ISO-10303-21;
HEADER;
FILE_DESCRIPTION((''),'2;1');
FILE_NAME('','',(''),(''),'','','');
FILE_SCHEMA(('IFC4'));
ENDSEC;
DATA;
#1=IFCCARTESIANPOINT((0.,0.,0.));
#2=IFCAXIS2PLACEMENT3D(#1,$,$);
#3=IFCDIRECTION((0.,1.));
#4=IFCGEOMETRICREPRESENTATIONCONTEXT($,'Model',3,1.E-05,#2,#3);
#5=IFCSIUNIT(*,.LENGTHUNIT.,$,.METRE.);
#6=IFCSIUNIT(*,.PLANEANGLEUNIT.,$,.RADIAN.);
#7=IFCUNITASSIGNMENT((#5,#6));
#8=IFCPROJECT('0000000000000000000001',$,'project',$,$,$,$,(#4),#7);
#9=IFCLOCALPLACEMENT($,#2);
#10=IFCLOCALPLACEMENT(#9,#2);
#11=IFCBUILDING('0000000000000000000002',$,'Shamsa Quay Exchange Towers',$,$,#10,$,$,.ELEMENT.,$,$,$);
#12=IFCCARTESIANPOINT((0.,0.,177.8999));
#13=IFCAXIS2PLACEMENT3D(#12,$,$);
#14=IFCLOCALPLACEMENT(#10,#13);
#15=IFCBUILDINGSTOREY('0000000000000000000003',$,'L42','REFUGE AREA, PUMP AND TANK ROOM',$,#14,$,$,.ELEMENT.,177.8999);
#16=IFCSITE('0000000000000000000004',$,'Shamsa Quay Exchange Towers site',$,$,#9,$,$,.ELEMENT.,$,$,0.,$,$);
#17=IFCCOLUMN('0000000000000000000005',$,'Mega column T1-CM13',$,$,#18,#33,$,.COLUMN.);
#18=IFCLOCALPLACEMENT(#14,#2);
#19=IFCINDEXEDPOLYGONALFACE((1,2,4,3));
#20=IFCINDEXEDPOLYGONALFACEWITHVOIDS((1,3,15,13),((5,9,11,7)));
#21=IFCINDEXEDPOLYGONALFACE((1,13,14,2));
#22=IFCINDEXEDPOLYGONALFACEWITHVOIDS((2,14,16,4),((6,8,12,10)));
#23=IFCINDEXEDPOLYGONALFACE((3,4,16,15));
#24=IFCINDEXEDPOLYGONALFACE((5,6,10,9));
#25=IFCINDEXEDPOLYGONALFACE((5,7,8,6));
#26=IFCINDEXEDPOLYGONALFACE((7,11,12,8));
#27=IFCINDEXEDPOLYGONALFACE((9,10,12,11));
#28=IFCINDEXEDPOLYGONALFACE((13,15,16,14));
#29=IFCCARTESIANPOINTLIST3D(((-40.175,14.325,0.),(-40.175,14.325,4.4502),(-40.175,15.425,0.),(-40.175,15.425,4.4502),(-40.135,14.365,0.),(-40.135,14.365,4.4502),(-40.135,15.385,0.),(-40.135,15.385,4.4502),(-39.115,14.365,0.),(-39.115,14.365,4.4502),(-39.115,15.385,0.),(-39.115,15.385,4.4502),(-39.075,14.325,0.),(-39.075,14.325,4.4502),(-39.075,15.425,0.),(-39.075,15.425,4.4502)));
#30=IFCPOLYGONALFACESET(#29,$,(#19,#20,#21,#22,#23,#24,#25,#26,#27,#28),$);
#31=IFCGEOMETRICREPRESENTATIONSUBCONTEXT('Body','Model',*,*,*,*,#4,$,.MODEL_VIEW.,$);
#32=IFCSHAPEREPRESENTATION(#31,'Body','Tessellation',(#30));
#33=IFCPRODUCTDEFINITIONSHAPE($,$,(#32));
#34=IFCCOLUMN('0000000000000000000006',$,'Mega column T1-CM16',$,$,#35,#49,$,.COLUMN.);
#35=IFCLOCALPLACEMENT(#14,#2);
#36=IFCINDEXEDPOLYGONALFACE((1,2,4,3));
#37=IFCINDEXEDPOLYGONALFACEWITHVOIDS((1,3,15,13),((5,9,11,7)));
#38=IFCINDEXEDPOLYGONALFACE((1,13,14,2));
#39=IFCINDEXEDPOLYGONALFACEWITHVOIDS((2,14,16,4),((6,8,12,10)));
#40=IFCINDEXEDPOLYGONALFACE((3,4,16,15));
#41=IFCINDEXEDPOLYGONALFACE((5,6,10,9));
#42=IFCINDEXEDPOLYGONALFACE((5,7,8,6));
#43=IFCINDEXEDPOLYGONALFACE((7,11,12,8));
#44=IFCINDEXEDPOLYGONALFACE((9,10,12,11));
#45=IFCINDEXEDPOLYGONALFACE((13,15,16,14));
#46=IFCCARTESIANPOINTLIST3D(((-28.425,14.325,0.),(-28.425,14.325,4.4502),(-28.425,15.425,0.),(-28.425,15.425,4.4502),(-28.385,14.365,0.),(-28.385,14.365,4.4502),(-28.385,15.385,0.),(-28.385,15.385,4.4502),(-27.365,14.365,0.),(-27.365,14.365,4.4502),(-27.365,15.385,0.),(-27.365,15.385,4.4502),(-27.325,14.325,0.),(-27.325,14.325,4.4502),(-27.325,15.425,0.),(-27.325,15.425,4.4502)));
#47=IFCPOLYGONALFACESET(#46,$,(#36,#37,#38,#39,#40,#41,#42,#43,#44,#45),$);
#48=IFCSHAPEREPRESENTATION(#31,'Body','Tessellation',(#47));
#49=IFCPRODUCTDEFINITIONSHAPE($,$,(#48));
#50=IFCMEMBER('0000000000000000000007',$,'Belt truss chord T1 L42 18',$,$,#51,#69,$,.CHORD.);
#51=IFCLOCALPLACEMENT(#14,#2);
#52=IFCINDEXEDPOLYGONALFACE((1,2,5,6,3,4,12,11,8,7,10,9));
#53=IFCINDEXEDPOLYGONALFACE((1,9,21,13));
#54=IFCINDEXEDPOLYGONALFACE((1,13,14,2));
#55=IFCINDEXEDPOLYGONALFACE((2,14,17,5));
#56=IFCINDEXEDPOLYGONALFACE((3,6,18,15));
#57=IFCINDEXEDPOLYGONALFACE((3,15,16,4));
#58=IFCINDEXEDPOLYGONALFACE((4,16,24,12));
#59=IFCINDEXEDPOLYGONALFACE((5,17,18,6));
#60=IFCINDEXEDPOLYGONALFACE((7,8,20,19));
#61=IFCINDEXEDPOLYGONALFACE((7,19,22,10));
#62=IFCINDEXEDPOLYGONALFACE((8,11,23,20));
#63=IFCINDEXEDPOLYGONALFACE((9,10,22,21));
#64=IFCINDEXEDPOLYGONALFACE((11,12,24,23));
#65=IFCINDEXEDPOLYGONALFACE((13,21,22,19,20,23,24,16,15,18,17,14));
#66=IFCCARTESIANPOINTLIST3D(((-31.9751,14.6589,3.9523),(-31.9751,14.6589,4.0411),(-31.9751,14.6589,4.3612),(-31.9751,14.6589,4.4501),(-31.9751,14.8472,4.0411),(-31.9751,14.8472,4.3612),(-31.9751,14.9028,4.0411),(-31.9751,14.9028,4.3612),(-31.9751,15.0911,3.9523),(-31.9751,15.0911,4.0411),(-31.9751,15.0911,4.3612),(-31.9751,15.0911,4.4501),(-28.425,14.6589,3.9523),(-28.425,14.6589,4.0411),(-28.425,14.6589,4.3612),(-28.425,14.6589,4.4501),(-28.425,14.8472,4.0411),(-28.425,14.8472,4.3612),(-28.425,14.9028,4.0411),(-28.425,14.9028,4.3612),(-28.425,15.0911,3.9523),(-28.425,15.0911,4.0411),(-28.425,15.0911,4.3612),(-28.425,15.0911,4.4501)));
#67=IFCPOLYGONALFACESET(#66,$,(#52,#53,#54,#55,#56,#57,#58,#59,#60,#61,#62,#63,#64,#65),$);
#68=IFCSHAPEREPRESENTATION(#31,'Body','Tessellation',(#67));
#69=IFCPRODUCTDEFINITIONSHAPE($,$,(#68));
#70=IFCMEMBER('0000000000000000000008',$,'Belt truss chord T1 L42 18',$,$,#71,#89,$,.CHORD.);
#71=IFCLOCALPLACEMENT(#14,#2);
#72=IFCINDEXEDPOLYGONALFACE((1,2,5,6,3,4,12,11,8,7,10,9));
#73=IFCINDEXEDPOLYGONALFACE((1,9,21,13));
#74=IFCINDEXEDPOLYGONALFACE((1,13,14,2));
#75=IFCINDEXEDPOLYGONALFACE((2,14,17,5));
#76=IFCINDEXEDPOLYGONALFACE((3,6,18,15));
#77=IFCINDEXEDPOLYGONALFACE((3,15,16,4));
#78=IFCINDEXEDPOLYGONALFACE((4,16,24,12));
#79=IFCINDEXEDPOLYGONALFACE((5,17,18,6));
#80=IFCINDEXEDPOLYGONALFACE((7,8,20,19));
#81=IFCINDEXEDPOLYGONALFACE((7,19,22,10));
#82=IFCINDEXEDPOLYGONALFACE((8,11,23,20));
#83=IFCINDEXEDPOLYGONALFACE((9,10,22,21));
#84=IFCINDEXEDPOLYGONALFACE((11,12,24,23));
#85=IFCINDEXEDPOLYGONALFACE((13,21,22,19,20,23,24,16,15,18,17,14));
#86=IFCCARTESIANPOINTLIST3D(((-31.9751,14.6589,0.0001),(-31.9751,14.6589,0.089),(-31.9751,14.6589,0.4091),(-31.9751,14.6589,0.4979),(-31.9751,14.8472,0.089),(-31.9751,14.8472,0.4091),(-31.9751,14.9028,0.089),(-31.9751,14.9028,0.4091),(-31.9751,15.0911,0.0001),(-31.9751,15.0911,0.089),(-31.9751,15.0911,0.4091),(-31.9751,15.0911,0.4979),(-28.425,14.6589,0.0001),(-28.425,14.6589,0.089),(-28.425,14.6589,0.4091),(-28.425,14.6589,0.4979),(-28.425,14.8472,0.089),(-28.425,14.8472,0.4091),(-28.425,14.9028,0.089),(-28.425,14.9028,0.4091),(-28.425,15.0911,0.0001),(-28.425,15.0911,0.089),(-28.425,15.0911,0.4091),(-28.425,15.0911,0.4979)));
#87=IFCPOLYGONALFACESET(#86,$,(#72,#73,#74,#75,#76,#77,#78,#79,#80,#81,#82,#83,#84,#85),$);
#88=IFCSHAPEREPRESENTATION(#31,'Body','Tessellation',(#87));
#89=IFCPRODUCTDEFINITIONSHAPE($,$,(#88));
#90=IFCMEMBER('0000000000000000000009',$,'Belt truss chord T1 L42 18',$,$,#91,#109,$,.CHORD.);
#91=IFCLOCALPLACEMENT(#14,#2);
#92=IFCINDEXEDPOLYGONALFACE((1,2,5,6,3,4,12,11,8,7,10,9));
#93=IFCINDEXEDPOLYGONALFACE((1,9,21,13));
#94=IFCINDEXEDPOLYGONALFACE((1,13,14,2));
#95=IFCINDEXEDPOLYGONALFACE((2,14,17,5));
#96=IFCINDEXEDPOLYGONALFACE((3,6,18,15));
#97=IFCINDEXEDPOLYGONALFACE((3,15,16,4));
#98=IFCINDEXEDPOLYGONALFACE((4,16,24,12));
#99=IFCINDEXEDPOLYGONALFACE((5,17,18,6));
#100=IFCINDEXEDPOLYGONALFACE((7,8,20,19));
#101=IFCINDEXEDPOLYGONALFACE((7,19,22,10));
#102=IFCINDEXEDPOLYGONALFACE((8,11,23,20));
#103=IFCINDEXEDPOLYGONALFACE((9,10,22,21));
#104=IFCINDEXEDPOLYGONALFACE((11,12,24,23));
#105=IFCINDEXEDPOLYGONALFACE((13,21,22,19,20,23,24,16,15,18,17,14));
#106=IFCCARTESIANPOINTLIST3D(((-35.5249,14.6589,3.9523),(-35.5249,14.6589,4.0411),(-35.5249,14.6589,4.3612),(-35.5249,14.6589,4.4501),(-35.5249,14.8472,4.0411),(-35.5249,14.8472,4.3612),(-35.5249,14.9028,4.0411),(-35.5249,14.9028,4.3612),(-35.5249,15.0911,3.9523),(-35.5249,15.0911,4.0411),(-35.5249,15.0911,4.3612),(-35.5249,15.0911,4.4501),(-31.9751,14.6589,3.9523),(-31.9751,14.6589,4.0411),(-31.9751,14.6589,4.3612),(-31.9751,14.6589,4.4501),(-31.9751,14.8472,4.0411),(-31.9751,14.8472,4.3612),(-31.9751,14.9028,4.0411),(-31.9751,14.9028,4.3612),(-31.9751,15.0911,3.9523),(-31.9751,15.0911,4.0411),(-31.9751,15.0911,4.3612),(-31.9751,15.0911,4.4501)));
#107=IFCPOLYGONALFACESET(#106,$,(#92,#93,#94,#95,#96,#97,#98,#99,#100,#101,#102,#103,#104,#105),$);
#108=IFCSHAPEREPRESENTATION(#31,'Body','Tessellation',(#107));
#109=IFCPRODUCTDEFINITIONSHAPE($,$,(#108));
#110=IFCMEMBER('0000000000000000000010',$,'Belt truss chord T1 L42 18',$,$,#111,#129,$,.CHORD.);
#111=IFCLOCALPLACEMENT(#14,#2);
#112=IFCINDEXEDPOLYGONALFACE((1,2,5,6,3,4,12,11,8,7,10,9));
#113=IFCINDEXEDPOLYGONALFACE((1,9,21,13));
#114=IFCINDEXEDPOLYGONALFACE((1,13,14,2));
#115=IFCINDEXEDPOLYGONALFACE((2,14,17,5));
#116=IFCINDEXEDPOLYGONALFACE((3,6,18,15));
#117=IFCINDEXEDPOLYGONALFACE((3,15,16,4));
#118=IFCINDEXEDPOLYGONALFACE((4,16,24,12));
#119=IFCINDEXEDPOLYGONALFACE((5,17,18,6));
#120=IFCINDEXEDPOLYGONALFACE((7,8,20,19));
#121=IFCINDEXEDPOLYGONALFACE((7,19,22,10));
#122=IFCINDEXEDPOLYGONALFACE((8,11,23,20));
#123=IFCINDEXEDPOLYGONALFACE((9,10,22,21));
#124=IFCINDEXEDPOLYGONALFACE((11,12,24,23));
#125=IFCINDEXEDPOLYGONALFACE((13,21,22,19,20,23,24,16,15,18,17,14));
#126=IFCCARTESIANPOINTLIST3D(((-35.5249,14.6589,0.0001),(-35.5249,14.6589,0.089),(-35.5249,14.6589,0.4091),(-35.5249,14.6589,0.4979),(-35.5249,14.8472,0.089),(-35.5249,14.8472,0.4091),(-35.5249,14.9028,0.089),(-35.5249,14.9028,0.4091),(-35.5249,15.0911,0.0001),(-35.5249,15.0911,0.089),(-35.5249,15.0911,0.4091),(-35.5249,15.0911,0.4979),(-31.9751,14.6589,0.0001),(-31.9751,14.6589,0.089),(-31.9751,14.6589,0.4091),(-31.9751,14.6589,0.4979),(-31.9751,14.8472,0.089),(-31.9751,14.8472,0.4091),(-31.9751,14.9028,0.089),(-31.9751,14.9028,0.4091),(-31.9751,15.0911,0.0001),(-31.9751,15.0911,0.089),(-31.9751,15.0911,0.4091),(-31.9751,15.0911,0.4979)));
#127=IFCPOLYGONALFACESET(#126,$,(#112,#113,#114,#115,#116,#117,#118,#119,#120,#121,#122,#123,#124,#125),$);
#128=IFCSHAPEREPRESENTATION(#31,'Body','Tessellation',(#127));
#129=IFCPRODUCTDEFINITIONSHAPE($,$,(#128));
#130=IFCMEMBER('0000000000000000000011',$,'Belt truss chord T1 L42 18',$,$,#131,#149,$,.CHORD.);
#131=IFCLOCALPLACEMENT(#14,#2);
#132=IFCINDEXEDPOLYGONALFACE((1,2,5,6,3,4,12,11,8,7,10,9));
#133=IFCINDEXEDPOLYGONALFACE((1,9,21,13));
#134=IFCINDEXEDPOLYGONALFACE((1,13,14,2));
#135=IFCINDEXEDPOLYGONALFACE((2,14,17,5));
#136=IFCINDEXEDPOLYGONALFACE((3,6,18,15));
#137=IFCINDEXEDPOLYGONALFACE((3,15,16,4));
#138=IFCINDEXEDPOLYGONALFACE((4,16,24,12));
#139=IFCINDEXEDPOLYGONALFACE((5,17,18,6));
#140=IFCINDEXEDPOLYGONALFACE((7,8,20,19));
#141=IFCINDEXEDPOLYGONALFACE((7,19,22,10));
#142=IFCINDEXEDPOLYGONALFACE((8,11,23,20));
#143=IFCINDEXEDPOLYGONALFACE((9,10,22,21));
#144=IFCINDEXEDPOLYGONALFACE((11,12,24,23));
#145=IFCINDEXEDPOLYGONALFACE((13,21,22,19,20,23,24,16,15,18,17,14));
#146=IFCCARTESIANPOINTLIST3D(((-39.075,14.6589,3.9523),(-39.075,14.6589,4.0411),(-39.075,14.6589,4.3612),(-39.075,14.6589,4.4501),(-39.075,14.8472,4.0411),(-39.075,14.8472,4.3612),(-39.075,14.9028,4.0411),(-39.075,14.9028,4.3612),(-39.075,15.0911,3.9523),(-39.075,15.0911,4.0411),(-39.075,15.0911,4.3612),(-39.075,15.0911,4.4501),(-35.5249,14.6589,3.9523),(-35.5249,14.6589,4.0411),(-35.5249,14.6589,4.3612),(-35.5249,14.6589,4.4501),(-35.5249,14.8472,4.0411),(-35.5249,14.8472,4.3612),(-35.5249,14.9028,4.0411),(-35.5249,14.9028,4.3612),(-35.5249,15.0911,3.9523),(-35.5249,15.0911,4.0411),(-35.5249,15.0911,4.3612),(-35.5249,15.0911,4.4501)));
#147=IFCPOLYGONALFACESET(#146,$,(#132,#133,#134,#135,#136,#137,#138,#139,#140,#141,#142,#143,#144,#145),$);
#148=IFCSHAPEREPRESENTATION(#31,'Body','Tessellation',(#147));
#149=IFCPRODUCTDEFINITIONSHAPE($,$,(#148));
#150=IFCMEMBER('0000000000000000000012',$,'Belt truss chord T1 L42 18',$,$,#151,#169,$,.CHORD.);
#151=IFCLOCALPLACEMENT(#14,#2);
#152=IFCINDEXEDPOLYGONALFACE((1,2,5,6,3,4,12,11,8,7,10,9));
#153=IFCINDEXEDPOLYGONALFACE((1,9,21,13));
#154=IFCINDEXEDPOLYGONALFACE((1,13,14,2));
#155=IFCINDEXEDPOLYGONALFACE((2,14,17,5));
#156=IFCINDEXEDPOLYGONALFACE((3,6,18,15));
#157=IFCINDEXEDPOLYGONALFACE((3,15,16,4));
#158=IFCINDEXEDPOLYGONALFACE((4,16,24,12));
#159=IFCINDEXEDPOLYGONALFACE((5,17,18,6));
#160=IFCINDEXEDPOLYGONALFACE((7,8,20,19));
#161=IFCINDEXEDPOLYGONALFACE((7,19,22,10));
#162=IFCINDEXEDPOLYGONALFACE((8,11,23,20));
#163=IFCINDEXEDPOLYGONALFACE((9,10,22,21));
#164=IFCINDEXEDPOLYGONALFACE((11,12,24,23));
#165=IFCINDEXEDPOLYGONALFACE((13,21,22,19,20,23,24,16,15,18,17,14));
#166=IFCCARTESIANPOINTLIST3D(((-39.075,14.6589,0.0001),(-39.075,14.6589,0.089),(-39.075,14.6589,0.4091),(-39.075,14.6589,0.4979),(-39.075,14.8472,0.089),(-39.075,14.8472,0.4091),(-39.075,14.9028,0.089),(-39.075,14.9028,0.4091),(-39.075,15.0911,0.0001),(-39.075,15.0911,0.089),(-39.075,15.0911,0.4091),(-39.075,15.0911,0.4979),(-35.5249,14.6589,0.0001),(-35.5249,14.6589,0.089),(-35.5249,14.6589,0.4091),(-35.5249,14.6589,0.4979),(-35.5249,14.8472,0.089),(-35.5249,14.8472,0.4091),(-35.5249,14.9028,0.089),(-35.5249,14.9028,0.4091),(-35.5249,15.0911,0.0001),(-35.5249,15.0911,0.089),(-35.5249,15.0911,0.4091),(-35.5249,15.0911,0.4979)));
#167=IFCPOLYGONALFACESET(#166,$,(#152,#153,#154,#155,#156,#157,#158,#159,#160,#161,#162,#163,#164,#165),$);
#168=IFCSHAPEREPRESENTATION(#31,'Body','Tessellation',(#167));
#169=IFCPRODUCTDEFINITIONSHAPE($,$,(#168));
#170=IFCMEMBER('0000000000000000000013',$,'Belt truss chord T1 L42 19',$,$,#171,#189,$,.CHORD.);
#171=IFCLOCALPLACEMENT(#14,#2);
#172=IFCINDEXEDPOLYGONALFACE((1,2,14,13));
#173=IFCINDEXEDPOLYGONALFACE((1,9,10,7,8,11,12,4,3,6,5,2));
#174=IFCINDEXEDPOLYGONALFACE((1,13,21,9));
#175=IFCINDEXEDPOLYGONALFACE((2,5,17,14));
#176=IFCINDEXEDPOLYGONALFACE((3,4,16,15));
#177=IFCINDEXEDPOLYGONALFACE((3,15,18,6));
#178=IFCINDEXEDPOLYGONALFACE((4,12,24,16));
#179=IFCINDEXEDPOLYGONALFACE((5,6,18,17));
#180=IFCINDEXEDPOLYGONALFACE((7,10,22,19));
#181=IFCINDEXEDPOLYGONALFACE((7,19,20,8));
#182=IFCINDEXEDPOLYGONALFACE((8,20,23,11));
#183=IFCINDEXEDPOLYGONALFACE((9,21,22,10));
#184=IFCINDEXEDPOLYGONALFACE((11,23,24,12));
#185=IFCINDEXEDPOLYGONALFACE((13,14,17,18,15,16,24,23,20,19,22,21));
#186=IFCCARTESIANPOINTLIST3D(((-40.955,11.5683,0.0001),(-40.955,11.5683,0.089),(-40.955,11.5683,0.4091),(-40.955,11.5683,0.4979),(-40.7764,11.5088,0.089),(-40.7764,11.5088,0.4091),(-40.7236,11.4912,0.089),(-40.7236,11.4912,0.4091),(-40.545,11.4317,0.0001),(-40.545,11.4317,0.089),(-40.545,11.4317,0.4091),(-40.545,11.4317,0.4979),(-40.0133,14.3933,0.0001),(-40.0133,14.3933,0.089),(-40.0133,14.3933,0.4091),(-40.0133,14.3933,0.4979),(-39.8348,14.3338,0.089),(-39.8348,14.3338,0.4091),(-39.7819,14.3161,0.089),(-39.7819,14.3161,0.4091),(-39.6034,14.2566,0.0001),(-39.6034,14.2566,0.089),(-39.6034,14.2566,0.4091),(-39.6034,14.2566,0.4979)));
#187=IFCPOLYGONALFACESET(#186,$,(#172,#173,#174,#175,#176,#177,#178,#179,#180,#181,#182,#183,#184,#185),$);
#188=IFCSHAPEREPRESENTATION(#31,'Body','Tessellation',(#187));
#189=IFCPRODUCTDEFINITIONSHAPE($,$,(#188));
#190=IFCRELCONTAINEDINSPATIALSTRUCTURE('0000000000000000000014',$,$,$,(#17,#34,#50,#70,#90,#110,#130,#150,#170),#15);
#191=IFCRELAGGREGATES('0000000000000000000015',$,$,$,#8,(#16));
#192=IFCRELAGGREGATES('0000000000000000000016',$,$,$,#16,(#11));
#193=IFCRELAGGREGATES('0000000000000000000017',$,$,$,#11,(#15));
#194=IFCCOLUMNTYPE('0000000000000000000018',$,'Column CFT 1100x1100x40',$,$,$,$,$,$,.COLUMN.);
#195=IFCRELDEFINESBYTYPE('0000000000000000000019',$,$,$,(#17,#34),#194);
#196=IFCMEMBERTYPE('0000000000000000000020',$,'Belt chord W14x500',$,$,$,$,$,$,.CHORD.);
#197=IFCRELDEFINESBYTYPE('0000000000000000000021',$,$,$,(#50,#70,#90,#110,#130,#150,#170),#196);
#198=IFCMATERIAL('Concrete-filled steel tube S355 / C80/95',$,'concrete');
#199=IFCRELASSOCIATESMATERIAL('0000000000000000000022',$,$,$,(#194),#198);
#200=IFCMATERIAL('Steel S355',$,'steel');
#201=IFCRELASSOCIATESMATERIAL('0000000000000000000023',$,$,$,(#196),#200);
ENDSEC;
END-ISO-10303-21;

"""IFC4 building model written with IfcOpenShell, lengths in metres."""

from ifc_helpers import new_model, si_unit, direction, frame, origin, origin_2d, place, context, subcontext, project, spatial, hollow_rectangle, i_section, extrude, material, material_profile, profile_set, type_object, element, save


model = new_model("IFC4")

# Units and contexts
model_context = context("Model", 3, precision=1e-05, world=origin(), true_north=direction((0.0, 1.0)))
body_context = subcontext(model_context, "Body", "Model", "MODEL_VIEW")
ifc_project = project(units=[si_unit("LENGTHUNIT", "METRE"), si_unit("PLANEANGLEUNIT", "RADIAN")], contexts=[model_context])

# Site, building, storey
site_placement = place(None, origin())
site = spatial("IfcSite", under=ifc_project, at=site_placement, Name="Shamsa Quay Exchange Towers site", CompositionType="ELEMENT", RefElevation=0.0)
building_placement = place(site_placement, origin())
building = spatial("IfcBuilding", under=site, at=building_placement, Name="Shamsa Quay Exchange Towers", CompositionType="ELEMENT")
storey_placement = place(building_placement, frame((0.0, 0.0, 177.8999)))
storey = spatial("IfcBuildingStorey", under=building, at=storey_placement, Name="L42", Description="REFUGE AREA, PUMP AND TANK ROOM", CompositionType="ELEMENT", Elevation=177.8999)

# Columns
ifc_material_1 = material(Name="Concrete-filled steel tube S355 / C80/95", Category="concrete")
ifc_material_profile_1 = material_profile(ifc_material_1, hollow_rectangle(XDim=1.1001, YDim=1.1001, WallThickness=0.04, at=origin_2d()), Name="CFT 1100x1100x40")
ifc_profile_set_1 = profile_set([ifc_material_profile_1], Name="Concrete-filled steel tube S355 / C80/95")
column_type = type_object("IfcColumnType", Name="Column CFT 1100x1100x40", PredefinedType="COLUMN", material=ifc_profile_set_1)
for number, where, name in (
    (1, (-39.625, 14.875, 0.0), "Mega column T1-CM13"),
    (2, (-27.875, 14.875, 0.0), "Mega column T1-CM16"),
):
    element("IfcColumn", number, at=place(storey_placement, frame(where)), inside=storey, type_object=column_type, Name=name, PredefinedType="COLUMN", context=body_context, shape_type="SweptSolid", body=[
        extrude(hollow_rectangle(XDim=1.1001, YDim=1.1001, WallThickness=0.04, at=origin_2d()), origin(), (0.0, 0.0, 1.0), 4.4502),
    ])

# Members
ifc_material_2 = material(Name="Steel S355", Category="steel")
ifc_material_profile_2 = material_profile(ifc_material_2, i_section(OverallWidth=0.4321, OverallDepth=0.4978, WebThickness=0.0557, FlangeThickness=0.0889, at=origin_2d()), Name="W14x500")
ifc_profile_set_2 = profile_set([ifc_material_profile_2], Name="Steel S355")
member_type_1 = type_object("IfcMemberType", Name="Belt chord W14x500", PredefinedType="CHORD", material=ifc_profile_set_2)
for number, where, z_axis, x_axis, name in (
    (3, (-28.425, 14.875, 4.2012), (-1.0, 0.0, 0.0), (0.0, -1.0, 0.0), "Belt truss chord T1 L42 18"),
    (4, (-28.425, 14.875, 0.249), (-1.0, 0.0, 0.0), (0.0, -1.0, 0.0), "Belt truss chord T1 L42 18"),
):
    element("IfcMember", number, at=place(storey_placement, frame(where, z_axis=z_axis, x_axis=x_axis)), inside=storey, type_object=member_type_1, Name=name, PredefinedType="CHORD", context=body_context, shape_type="SweptSolid", body=[
        extrude(i_section(OverallWidth=0.4321, OverallDepth=0.4978, WebThickness=0.0557, FlangeThickness=0.0889, at=origin_2d()), origin(), (0.0, 0.0, 1.0), 3.55),
    ])
for number, where, z_axis, x_axis, name in (
    (5, (-31.9751, 14.875, 4.2012), (-1.0, 0.0, 0.0), (0.0, -1.0, 0.0), "Belt truss chord T1 L42 18"),
    (6, (-31.9751, 14.875, 0.249), (-1.0, 0.0, 0.0), (0.0, -1.0, 0.0), "Belt truss chord T1 L42 18"),
):
    element("IfcMember", number, at=place(storey_placement, frame(where, z_axis=z_axis, x_axis=x_axis)), inside=storey, type_object=member_type_1, Name=name, PredefinedType="CHORD", context=body_context, shape_type="SweptSolid", body=[
        extrude(i_section(OverallWidth=0.4321, OverallDepth=0.4978, WebThickness=0.0557, FlangeThickness=0.0889, at=origin_2d()), origin(), (0.0, 0.0, 1.0), 3.5498),
    ])
for number, where, z_axis, x_axis, name in (
    (7, (-35.5249, 14.875, 4.2012), (-1.0, 0.0, 0.0), (0.0, -1.0, 0.0), "Belt truss chord T1 L42 18"),
    (8, (-35.5249, 14.875, 0.249), (-1.0, 0.0, 0.0), (0.0, -1.0, 0.0), "Belt truss chord T1 L42 18"),
):
    element("IfcMember", number, at=place(storey_placement, frame(where, z_axis=z_axis, x_axis=x_axis)), inside=storey, type_object=member_type_1, Name=name, PredefinedType="CHORD", context=body_context, shape_type="SweptSolid", body=[
        extrude(i_section(OverallWidth=0.4321, OverallDepth=0.4978, WebThickness=0.0557, FlangeThickness=0.0889, at=origin_2d()), origin(), (0.0, 0.0, 1.0), 3.55),
    ])
member_1_placement = place(storey_placement, frame((-39.8083, 14.325, 0.249), z_axis=(-0.316228, -0.948683, 0.0), x_axis=(0.948683, -0.316228, 0.0)))
element("IfcMember", 9, at=member_1_placement, inside=storey, type_object=member_type_1, Name="Belt truss chord T1 L42 19", PredefinedType="CHORD", context=body_context, shape_type="SweptSolid", body=[
    extrude(i_section(OverallWidth=0.4321, OverallDepth=0.4978, WebThickness=0.0557, FlangeThickness=0.0889, at=origin_2d()), origin(), (0.0, 0.0, 1.0), 2.9778),
])

save(model, "model.ifc")
